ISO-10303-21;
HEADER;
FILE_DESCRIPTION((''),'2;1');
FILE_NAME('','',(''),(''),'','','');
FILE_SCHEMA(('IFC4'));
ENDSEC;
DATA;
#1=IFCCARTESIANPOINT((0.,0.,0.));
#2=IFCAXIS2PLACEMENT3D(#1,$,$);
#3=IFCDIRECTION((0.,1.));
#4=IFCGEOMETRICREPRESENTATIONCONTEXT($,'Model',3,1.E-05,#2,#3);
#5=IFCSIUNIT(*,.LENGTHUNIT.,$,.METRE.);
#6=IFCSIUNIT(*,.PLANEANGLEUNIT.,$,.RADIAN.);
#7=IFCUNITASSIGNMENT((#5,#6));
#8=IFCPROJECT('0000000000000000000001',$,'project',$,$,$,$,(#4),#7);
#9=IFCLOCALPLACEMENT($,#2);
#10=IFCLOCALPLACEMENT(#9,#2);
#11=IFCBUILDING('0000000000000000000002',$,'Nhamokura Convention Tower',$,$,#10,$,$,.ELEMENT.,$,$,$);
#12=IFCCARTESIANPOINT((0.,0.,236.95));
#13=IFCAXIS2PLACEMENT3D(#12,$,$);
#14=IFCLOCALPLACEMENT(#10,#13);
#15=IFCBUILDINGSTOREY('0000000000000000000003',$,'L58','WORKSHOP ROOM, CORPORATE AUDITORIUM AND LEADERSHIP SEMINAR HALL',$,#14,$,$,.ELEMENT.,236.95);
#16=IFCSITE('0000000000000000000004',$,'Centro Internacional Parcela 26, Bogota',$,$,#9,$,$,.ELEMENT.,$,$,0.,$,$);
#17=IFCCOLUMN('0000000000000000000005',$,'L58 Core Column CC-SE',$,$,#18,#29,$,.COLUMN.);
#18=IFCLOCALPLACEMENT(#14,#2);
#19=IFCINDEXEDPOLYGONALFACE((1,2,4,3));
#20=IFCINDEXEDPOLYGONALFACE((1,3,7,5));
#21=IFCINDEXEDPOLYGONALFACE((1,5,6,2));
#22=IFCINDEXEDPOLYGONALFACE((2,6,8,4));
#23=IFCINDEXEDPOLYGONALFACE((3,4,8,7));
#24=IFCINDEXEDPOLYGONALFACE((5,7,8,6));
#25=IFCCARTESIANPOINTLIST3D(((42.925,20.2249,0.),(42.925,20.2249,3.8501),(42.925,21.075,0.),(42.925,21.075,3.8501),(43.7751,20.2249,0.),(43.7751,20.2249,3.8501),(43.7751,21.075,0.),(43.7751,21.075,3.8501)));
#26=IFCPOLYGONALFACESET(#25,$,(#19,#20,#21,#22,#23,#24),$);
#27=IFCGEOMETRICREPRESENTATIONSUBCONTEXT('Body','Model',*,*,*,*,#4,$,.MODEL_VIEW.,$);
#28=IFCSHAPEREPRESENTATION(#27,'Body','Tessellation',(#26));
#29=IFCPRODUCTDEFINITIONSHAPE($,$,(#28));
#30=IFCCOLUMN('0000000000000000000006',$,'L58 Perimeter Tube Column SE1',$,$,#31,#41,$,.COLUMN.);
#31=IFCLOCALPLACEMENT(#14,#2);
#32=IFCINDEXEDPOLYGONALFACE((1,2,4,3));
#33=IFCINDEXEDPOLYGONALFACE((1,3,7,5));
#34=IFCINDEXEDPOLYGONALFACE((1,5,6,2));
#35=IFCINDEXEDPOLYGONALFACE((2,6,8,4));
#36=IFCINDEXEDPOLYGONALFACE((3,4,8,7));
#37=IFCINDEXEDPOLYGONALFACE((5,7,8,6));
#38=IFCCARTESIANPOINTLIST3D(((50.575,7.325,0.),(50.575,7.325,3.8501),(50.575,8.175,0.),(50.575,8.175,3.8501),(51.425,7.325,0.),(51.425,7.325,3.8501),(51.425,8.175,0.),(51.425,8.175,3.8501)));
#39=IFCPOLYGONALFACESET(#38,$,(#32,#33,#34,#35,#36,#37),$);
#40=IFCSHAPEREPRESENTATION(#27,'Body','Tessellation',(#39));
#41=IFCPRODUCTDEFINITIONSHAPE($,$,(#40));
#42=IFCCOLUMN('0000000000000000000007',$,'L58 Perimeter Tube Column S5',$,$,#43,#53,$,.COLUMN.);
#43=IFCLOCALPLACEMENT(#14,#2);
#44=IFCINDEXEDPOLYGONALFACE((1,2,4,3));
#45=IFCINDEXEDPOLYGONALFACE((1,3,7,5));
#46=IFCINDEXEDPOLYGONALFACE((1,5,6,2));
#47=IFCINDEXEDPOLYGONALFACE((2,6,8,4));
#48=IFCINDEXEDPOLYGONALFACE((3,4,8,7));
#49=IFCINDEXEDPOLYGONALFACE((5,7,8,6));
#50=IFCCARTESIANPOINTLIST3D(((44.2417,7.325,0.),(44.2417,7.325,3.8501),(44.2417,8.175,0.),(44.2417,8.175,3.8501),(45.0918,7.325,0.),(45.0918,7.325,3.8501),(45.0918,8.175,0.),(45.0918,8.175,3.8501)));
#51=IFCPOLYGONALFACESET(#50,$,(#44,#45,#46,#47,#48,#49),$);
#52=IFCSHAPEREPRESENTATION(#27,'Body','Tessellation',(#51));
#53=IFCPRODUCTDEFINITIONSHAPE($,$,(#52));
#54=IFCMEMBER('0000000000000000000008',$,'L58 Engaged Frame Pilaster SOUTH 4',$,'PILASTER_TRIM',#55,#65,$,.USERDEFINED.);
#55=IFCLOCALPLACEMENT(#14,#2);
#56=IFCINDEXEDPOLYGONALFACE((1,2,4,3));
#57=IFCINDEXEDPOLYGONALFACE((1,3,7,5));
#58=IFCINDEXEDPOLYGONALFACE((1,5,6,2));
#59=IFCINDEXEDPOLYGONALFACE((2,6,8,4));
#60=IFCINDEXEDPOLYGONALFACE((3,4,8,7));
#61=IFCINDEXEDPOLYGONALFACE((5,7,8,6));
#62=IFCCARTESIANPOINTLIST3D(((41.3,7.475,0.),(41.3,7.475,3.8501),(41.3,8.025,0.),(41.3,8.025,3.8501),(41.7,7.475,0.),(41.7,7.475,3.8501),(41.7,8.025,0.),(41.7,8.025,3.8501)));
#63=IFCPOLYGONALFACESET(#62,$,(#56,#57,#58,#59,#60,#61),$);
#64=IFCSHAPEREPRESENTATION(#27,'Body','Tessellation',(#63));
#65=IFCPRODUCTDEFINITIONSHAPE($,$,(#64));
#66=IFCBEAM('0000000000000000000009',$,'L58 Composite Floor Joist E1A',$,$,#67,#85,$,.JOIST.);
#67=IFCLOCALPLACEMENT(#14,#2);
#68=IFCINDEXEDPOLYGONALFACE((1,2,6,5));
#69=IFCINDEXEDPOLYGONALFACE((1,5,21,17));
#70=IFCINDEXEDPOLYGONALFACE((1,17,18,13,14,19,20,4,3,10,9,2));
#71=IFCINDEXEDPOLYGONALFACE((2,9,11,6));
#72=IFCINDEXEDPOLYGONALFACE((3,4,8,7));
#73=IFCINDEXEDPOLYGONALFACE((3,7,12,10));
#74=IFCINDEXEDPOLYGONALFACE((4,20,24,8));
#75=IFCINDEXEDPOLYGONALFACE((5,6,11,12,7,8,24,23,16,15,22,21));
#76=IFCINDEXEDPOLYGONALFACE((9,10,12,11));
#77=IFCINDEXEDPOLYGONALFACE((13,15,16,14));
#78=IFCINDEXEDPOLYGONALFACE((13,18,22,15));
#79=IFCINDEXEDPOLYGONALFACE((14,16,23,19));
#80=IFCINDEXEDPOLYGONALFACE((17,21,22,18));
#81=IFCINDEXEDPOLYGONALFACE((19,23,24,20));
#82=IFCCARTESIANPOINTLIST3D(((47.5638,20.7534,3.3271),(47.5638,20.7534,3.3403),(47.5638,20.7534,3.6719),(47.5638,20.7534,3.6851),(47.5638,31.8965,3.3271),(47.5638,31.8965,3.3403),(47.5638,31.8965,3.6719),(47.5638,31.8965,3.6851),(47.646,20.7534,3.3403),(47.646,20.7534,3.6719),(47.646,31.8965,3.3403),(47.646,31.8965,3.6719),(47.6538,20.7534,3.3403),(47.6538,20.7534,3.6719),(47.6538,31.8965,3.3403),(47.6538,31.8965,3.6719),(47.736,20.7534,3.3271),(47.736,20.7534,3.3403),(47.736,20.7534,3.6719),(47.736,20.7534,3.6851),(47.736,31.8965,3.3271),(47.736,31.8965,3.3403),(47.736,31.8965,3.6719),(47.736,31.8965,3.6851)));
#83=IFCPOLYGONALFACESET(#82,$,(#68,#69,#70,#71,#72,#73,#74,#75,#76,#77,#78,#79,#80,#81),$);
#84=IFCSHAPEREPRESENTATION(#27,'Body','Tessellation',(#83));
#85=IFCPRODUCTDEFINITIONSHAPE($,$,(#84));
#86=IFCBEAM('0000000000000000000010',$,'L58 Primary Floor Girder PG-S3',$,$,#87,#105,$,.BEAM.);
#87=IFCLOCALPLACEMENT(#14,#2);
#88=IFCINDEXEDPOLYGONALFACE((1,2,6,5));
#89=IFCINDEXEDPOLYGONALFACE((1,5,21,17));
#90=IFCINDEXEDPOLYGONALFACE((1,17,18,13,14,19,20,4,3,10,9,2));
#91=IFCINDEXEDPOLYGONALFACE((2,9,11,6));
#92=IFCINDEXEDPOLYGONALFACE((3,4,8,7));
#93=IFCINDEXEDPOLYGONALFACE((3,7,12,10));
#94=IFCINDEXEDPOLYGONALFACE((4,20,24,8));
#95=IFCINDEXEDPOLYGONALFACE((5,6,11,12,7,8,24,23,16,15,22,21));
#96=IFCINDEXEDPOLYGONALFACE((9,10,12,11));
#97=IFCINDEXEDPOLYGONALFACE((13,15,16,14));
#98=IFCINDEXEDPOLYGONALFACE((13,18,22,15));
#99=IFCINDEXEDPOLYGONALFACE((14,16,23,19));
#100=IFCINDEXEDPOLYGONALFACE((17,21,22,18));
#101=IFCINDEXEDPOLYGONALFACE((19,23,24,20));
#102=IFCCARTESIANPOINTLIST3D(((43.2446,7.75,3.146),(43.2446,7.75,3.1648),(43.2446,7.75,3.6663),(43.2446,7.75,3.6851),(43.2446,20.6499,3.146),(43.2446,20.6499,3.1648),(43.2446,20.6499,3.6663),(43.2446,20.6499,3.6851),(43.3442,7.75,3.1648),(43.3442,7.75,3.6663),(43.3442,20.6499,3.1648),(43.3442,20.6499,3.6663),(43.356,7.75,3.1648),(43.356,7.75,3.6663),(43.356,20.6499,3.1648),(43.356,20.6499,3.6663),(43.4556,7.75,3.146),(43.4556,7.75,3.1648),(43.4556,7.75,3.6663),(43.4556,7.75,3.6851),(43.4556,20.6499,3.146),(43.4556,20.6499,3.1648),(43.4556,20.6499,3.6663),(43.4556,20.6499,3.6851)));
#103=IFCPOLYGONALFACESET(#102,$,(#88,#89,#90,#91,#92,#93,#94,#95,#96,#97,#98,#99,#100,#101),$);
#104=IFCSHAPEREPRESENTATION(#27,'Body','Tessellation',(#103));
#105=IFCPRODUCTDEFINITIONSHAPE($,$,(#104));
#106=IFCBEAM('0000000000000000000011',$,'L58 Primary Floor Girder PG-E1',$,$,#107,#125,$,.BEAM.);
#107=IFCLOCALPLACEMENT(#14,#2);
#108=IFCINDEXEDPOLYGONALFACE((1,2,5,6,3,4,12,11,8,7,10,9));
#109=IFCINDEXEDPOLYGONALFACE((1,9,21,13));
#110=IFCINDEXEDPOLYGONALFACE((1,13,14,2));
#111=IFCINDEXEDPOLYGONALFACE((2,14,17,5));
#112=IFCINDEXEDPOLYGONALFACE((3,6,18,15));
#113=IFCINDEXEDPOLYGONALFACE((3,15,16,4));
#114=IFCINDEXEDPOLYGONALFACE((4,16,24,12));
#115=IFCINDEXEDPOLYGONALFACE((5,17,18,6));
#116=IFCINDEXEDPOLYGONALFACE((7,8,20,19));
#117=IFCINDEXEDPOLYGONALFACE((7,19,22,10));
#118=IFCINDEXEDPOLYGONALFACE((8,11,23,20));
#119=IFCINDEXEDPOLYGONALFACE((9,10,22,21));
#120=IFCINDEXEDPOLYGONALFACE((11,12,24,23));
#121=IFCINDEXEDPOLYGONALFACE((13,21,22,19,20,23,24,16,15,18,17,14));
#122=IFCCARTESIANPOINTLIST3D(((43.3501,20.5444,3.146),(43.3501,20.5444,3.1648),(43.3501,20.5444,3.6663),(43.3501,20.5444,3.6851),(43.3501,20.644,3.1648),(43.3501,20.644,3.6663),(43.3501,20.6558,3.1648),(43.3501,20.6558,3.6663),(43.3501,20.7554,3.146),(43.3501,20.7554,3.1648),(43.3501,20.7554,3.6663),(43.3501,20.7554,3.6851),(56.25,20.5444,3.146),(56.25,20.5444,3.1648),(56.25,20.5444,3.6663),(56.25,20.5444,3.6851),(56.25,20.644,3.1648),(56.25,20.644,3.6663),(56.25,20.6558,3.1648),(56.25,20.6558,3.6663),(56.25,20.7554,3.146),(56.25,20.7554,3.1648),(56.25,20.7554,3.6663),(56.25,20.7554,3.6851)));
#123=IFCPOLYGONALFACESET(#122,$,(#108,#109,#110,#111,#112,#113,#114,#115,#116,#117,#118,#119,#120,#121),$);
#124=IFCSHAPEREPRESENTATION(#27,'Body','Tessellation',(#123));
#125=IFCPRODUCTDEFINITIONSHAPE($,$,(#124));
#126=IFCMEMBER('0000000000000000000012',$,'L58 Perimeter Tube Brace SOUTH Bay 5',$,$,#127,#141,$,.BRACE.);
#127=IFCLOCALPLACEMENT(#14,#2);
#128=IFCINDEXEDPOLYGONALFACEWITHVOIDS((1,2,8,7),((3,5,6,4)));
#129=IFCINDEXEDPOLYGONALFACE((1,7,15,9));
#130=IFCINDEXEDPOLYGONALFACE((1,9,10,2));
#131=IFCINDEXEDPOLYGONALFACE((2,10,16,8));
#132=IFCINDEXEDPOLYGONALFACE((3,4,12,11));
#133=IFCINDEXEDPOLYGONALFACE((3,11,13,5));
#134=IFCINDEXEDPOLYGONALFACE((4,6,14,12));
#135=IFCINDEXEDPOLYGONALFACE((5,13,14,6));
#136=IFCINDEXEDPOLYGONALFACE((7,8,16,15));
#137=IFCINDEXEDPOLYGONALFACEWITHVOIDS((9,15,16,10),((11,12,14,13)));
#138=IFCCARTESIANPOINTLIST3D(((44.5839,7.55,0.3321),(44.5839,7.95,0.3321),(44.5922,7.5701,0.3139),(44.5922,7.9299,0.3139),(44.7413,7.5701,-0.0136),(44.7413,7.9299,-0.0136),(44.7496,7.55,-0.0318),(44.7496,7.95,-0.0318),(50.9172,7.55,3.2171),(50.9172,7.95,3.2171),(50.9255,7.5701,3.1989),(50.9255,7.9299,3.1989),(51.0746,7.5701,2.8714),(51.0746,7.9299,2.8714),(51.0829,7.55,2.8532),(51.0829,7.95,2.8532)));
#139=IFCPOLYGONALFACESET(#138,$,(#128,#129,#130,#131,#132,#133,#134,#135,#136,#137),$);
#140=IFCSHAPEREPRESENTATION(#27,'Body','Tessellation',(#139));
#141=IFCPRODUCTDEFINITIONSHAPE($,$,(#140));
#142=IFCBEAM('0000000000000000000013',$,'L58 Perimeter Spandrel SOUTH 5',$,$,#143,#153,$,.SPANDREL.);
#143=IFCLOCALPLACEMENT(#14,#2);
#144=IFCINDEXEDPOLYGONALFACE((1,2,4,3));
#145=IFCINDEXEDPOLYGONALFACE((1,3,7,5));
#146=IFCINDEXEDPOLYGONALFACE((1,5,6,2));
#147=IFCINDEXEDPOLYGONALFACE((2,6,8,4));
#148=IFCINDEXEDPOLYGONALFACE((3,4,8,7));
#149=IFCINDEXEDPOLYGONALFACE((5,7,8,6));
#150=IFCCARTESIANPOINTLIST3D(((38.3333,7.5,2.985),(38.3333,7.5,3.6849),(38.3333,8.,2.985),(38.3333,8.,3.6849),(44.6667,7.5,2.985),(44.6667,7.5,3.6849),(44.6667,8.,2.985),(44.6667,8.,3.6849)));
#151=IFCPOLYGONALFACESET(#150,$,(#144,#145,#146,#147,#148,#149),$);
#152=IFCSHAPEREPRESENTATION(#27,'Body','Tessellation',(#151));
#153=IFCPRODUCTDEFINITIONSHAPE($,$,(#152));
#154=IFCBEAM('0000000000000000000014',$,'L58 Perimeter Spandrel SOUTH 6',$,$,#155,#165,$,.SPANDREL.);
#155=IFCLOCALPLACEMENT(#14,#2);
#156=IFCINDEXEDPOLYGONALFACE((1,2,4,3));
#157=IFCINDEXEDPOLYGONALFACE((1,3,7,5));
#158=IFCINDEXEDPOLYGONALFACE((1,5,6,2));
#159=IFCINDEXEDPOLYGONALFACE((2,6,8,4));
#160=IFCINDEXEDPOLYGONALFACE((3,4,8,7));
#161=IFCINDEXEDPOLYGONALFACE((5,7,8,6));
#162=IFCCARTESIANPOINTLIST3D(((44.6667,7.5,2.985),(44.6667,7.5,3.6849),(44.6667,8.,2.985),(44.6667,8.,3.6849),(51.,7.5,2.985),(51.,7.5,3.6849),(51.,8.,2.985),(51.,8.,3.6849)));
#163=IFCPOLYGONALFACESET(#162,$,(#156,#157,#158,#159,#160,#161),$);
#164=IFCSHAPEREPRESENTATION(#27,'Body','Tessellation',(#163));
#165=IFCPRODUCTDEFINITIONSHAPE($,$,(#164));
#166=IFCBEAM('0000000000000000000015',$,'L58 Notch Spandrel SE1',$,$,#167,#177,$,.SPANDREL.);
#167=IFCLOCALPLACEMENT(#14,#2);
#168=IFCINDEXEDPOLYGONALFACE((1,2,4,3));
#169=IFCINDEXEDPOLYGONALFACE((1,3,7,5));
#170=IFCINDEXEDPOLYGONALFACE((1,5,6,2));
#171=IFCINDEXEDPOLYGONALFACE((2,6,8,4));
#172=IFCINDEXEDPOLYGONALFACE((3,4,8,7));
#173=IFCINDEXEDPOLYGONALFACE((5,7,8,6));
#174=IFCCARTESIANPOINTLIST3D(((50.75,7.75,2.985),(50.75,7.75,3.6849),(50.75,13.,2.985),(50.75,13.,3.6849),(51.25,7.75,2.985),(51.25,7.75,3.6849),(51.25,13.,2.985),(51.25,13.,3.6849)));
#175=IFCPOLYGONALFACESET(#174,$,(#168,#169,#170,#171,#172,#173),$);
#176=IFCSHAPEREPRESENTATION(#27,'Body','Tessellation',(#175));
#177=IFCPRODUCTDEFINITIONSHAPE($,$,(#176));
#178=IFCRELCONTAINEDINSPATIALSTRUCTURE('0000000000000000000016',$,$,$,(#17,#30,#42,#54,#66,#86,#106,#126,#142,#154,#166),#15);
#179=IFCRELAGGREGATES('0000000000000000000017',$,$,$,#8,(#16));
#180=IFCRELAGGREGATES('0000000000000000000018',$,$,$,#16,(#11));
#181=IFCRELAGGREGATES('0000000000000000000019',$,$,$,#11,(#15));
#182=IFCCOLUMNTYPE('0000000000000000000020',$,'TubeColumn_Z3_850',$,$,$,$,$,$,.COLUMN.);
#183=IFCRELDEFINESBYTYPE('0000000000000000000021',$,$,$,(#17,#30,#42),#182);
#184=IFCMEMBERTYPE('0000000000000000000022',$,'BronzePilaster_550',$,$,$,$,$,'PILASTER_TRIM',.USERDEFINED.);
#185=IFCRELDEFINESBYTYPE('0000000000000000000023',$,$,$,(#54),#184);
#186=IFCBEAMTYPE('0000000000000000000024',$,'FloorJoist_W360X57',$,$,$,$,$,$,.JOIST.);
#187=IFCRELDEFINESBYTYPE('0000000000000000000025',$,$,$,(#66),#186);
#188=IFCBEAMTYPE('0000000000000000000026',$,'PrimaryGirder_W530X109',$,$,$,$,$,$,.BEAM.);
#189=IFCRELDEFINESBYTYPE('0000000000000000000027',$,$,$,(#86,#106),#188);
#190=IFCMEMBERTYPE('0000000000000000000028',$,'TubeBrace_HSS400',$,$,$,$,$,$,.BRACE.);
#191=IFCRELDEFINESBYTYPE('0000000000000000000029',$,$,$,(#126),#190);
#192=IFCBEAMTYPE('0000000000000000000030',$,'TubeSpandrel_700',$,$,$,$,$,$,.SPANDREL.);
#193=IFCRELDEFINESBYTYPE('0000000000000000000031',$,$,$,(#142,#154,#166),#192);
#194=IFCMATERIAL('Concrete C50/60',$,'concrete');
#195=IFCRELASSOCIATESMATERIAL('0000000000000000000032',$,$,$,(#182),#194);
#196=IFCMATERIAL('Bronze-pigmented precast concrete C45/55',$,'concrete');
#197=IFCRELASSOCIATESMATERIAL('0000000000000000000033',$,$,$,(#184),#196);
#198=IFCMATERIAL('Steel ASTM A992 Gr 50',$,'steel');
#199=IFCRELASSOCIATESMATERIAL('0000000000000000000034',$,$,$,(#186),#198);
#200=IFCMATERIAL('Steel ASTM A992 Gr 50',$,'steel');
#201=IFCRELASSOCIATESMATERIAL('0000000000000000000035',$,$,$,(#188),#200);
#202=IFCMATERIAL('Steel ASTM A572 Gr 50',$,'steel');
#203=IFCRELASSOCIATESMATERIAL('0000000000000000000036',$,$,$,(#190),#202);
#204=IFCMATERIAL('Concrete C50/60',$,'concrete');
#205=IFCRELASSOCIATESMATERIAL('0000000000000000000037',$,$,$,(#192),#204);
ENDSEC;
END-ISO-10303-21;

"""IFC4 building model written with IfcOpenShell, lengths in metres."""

from ifc_helpers import new_model, si_unit, direction, frame, origin, origin_2d, place, context, subcontext, project, spatial, rectangle, hollow_rectangle, i_section, extrude, material, material_profile, profile_set, type_object, element, save


model = new_model("IFC4")

# Units and contexts
model_context = context("Model", 3, precision=1e-05, world=origin(), true_north=direction((0.0, 1.0)))
body_context = subcontext(model_context, "Body", "Model", "MODEL_VIEW")
ifc_project = project(units=[si_unit("LENGTHUNIT", "METRE"), si_unit("PLANEANGLEUNIT", "RADIAN")], contexts=[model_context])

# Site, building, storey
site_placement = place(None, origin())
site = spatial("IfcSite", under=ifc_project, at=site_placement, Name="Centro Internacional Parcela 26, Bogota", CompositionType="ELEMENT", RefElevation=0.0)
building_placement = place(site_placement, origin())
building = spatial("IfcBuilding", under=site, at=building_placement, Name="Nhamokura Convention Tower", CompositionType="ELEMENT")
storey_placement = place(building_placement, frame((0.0, 0.0, 236.95)))
storey = spatial("IfcBuildingStorey", under=building, at=storey_placement, Name="L58", Description="WORKSHOP ROOM, CORPORATE AUDITORIUM AND LEADERSHIP SEMINAR HALL", CompositionType="ELEMENT", Elevation=236.95)

# Columns
ifc_material_1 = material(Name="Concrete C50/60", Category="concrete")
ifc_material_profile_1 = material_profile(ifc_material_1, rectangle(XDim=0.8501, YDim=0.8501, at=origin_2d()))
ifc_profile_set_1 = profile_set([ifc_material_profile_1], Name="Concrete C50/60")
column_type = type_object("IfcColumnType", Name="TubeColumn_Z3_850", PredefinedType="COLUMN", material=ifc_profile_set_1)
for number, where, z_axis, x_axis, name in (
    (1, (43.3501, 20.6499, 0.0), (0.0, 0.0, 1.0), (1.0, 0.0, 0.0), "L58 Core Column CC-SE"),
    (2, (51.0, 7.75, 0.0), (0.0, 0.0, 1.0), (1.0, 0.0, 0.0), "L58 Perimeter Tube Column SE1"),
    (3, (44.6667, 7.75, 0.0), (0.0, 0.0, 1.0), (1.0, 0.0, 0.0), "L58 Perimeter Tube Column S5"),
):
    element("IfcColumn", number, at=place(storey_placement, frame(where, z_axis=z_axis, x_axis=x_axis)), inside=storey, type_object=column_type, Name=name, PredefinedType="COLUMN", context=body_context, shape_type="SweptSolid", body=[
        extrude(rectangle(XDim=0.8501, YDim=0.8501, at=origin_2d()), origin(), (0.0, 0.0, 1.0), 3.8501),
    ])

# Member
ifc_material_2 = material(Name="Bronze-pigmented precast concrete C45/55", Category="concrete")
ifc_material_profile_2 = material_profile(ifc_material_2, rectangle(XDim=0.3999, YDim=0.55, at=origin_2d()))
ifc_profile_set_2 = profile_set([ifc_material_profile_2], Name="Bronze-pigmented precast concrete C45/55")
member_type_1 = type_object("IfcMemberType", Name="BronzePilaster_550", ElementType="PILASTER_TRIM", PredefinedType="USERDEFINED", material=ifc_profile_set_2)
member_1_placement = place(storey_placement, frame((41.5, 7.75, 0.0), z_axis=(0.0, 0.0, 1.0), x_axis=(1.0, 0.0, 0.0)))
element("IfcMember", 4, at=member_1_placement, inside=storey, type_object=member_type_1, Name="L58 Engaged Frame Pilaster SOUTH 4", ObjectType="PILASTER_TRIM", PredefinedType="USERDEFINED", context=body_context, shape_type="SweptSolid", body=[
    extrude(rectangle(XDim=0.3999, YDim=0.55, at=origin_2d()), origin(), (0.0, 0.0, 1.0), 3.8501),
])

# Beams
ifc_material_3 = material(Name="Steel ASTM A992 Gr 50", Category="steel")
ifc_material_profile_3 = material_profile(ifc_material_3, i_section(OverallWidth=0.1721, OverallDepth=0.3579, WebThickness=0.0078, FlangeThickness=0.0132, at=origin_2d()))
ifc_profile_set_3 = profile_set([ifc_material_profile_3], Name="Steel ASTM A992 Gr 50")
beam_type_1 = type_object("IfcBeamType", Name="FloorJoist_W360X57", PredefinedType="JOIST", material=ifc_profile_set_3)
beam_1_placement = place(storey_placement, frame((47.6499, 20.7534, 3.5061), z_axis=(0.0, 1.0, 0.0), x_axis=(-1.0, 0.0, 0.0)))
element("IfcBeam", 5, at=beam_1_placement, inside=storey, type_object=beam_type_1, Name="L58 Composite Floor Joist E1A", PredefinedType="JOIST", context=body_context, shape_type="SweptSolid", body=[
    extrude(i_section(OverallWidth=0.1721, OverallDepth=0.3579, WebThickness=0.0078, FlangeThickness=0.0132, at=origin_2d()), origin(), (0.0, 0.0, 1.0), 11.1431),
])
ifc_material_4 = material(Name="Steel ASTM A992 Gr 50", Category="steel")
ifc_material_profile_4 = material_profile(ifc_material_4, i_section(OverallWidth=0.2109, OverallDepth=0.5391, WebThickness=0.0117, FlangeThickness=0.0188, at=origin_2d()))
ifc_profile_set_4 = profile_set([ifc_material_profile_4], Name="Steel ASTM A992 Gr 50")
beam_type_2 = type_object("IfcBeamType", Name="PrimaryGirder_W530X109", PredefinedType="BEAM", material=ifc_profile_set_4)
for number, where, z_axis, x_axis, name in (
    (6, (43.3501, 7.75, 3.4155), (0.0, 1.0, 0.0), (-1.0, 0.0, 0.0), "L58 Primary Floor Girder PG-S3"),
    (7, (43.3501, 20.6499, 3.4155), (1.0, 0.0, 0.0), (0.0, 1.0, 0.0), "L58 Primary Floor Girder PG-E1"),
):
    element("IfcBeam", number, at=place(storey_placement, frame(where, z_axis=z_axis, x_axis=x_axis)), inside=storey, type_object=beam_type_2, Name=name, PredefinedType="BEAM", context=body_context, shape_type="SweptSolid", body=[
        extrude(i_section(OverallWidth=0.2109, OverallDepth=0.5391, WebThickness=0.0117, FlangeThickness=0.0188, at=origin_2d()), origin(), (0.0, 0.0, 1.0), 12.8999),
    ])

# Member
ifc_material_5 = material(Name="Steel ASTM A572 Gr 50", Category="steel")
ifc_material_profile_5 = material_profile(ifc_material_5, hollow_rectangle(XDim=0.3999, YDim=0.3999, WallThickness=0.02, at=origin_2d()))
ifc_profile_set_5 = profile_set([ifc_material_profile_5], Name="Steel ASTM A572 Gr 50")
member_type_2 = type_object("IfcMemberType", Name="TubeBrace_HSS400", PredefinedType="BRACE", material=ifc_profile_set_5)
member_2_placement = place(storey_placement, frame((44.6667, 7.75, 0.1501), z_axis=(0.910027, 0.0, 0.414548), x_axis=(0.0, 1.0, 0.0)))
element("IfcMember", 8, at=member_2_placement, inside=storey, type_object=member_type_2, Name="L58 Perimeter Tube Brace SOUTH Bay 5", PredefinedType="BRACE", context=body_context, shape_type="SweptSolid", body=[
    extrude(hollow_rectangle(XDim=0.3999, YDim=0.3999, WallThickness=0.02, at=origin_2d()), origin(), (0.0, 0.0, 1.0), 6.9595),
])

# Beams
ifc_material_6 = material(Name="Concrete C50/60", Category="concrete")
ifc_material_profile_6 = material_profile(ifc_material_6, rectangle(XDim=0.5, YDim=0.7, at=origin_2d()))
ifc_profile_set_6 = profile_set([ifc_material_profile_6], Name="Concrete C50/60")
beam_type_3 = type_object("IfcBeamType", Name="TubeSpandrel_700", PredefinedType="SPANDREL", material=ifc_profile_set_6)
beam_2_placement = place(storey_placement, frame((38.3333, 7.75, 3.335), z_axis=(1.0, 0.0, 0.0), x_axis=(0.0, 1.0, 0.0)))
element("IfcBeam", 9, at=beam_2_placement, inside=storey, type_object=beam_type_3, Name="L58 Perimeter Spandrel SOUTH 5", PredefinedType="SPANDREL", context=body_context, shape_type="SweptSolid", body=[
    extrude(rectangle(XDim=0.5, YDim=0.7, at=origin_2d()), origin(), (0.0, 0.0, 1.0), 6.3335),
])
beam_3_placement = place(storey_placement, frame((44.6667, 7.75, 3.335), z_axis=(1.0, 0.0, 0.0), x_axis=(0.0, 1.0, 0.0)))
element("IfcBeam", 10, at=beam_3_placement, inside=storey, type_object=beam_type_3, Name="L58 Perimeter Spandrel SOUTH 6", PredefinedType="SPANDREL", context=body_context, shape_type="SweptSolid", body=[
    extrude(rectangle(XDim=0.5, YDim=0.7, at=origin_2d()), origin(), (0.0, 0.0, 1.0), 6.3333),
])
beam_4_placement = place(storey_placement, frame((51.0, 7.75, 3.335), z_axis=(0.0, 1.0, 0.0), x_axis=(-1.0, 0.0, 0.0)))
element("IfcBeam", 11, at=beam_4_placement, inside=storey, type_object=beam_type_3, Name="L58 Notch Spandrel SE1", PredefinedType="SPANDREL", context=body_context, shape_type="SweptSolid", body=[
    extrude(rectangle(XDim=0.5, YDim=0.7, at=origin_2d()), origin(), (0.0, 0.0, 1.0), 5.25),
])

save(model, "model.ifc")
